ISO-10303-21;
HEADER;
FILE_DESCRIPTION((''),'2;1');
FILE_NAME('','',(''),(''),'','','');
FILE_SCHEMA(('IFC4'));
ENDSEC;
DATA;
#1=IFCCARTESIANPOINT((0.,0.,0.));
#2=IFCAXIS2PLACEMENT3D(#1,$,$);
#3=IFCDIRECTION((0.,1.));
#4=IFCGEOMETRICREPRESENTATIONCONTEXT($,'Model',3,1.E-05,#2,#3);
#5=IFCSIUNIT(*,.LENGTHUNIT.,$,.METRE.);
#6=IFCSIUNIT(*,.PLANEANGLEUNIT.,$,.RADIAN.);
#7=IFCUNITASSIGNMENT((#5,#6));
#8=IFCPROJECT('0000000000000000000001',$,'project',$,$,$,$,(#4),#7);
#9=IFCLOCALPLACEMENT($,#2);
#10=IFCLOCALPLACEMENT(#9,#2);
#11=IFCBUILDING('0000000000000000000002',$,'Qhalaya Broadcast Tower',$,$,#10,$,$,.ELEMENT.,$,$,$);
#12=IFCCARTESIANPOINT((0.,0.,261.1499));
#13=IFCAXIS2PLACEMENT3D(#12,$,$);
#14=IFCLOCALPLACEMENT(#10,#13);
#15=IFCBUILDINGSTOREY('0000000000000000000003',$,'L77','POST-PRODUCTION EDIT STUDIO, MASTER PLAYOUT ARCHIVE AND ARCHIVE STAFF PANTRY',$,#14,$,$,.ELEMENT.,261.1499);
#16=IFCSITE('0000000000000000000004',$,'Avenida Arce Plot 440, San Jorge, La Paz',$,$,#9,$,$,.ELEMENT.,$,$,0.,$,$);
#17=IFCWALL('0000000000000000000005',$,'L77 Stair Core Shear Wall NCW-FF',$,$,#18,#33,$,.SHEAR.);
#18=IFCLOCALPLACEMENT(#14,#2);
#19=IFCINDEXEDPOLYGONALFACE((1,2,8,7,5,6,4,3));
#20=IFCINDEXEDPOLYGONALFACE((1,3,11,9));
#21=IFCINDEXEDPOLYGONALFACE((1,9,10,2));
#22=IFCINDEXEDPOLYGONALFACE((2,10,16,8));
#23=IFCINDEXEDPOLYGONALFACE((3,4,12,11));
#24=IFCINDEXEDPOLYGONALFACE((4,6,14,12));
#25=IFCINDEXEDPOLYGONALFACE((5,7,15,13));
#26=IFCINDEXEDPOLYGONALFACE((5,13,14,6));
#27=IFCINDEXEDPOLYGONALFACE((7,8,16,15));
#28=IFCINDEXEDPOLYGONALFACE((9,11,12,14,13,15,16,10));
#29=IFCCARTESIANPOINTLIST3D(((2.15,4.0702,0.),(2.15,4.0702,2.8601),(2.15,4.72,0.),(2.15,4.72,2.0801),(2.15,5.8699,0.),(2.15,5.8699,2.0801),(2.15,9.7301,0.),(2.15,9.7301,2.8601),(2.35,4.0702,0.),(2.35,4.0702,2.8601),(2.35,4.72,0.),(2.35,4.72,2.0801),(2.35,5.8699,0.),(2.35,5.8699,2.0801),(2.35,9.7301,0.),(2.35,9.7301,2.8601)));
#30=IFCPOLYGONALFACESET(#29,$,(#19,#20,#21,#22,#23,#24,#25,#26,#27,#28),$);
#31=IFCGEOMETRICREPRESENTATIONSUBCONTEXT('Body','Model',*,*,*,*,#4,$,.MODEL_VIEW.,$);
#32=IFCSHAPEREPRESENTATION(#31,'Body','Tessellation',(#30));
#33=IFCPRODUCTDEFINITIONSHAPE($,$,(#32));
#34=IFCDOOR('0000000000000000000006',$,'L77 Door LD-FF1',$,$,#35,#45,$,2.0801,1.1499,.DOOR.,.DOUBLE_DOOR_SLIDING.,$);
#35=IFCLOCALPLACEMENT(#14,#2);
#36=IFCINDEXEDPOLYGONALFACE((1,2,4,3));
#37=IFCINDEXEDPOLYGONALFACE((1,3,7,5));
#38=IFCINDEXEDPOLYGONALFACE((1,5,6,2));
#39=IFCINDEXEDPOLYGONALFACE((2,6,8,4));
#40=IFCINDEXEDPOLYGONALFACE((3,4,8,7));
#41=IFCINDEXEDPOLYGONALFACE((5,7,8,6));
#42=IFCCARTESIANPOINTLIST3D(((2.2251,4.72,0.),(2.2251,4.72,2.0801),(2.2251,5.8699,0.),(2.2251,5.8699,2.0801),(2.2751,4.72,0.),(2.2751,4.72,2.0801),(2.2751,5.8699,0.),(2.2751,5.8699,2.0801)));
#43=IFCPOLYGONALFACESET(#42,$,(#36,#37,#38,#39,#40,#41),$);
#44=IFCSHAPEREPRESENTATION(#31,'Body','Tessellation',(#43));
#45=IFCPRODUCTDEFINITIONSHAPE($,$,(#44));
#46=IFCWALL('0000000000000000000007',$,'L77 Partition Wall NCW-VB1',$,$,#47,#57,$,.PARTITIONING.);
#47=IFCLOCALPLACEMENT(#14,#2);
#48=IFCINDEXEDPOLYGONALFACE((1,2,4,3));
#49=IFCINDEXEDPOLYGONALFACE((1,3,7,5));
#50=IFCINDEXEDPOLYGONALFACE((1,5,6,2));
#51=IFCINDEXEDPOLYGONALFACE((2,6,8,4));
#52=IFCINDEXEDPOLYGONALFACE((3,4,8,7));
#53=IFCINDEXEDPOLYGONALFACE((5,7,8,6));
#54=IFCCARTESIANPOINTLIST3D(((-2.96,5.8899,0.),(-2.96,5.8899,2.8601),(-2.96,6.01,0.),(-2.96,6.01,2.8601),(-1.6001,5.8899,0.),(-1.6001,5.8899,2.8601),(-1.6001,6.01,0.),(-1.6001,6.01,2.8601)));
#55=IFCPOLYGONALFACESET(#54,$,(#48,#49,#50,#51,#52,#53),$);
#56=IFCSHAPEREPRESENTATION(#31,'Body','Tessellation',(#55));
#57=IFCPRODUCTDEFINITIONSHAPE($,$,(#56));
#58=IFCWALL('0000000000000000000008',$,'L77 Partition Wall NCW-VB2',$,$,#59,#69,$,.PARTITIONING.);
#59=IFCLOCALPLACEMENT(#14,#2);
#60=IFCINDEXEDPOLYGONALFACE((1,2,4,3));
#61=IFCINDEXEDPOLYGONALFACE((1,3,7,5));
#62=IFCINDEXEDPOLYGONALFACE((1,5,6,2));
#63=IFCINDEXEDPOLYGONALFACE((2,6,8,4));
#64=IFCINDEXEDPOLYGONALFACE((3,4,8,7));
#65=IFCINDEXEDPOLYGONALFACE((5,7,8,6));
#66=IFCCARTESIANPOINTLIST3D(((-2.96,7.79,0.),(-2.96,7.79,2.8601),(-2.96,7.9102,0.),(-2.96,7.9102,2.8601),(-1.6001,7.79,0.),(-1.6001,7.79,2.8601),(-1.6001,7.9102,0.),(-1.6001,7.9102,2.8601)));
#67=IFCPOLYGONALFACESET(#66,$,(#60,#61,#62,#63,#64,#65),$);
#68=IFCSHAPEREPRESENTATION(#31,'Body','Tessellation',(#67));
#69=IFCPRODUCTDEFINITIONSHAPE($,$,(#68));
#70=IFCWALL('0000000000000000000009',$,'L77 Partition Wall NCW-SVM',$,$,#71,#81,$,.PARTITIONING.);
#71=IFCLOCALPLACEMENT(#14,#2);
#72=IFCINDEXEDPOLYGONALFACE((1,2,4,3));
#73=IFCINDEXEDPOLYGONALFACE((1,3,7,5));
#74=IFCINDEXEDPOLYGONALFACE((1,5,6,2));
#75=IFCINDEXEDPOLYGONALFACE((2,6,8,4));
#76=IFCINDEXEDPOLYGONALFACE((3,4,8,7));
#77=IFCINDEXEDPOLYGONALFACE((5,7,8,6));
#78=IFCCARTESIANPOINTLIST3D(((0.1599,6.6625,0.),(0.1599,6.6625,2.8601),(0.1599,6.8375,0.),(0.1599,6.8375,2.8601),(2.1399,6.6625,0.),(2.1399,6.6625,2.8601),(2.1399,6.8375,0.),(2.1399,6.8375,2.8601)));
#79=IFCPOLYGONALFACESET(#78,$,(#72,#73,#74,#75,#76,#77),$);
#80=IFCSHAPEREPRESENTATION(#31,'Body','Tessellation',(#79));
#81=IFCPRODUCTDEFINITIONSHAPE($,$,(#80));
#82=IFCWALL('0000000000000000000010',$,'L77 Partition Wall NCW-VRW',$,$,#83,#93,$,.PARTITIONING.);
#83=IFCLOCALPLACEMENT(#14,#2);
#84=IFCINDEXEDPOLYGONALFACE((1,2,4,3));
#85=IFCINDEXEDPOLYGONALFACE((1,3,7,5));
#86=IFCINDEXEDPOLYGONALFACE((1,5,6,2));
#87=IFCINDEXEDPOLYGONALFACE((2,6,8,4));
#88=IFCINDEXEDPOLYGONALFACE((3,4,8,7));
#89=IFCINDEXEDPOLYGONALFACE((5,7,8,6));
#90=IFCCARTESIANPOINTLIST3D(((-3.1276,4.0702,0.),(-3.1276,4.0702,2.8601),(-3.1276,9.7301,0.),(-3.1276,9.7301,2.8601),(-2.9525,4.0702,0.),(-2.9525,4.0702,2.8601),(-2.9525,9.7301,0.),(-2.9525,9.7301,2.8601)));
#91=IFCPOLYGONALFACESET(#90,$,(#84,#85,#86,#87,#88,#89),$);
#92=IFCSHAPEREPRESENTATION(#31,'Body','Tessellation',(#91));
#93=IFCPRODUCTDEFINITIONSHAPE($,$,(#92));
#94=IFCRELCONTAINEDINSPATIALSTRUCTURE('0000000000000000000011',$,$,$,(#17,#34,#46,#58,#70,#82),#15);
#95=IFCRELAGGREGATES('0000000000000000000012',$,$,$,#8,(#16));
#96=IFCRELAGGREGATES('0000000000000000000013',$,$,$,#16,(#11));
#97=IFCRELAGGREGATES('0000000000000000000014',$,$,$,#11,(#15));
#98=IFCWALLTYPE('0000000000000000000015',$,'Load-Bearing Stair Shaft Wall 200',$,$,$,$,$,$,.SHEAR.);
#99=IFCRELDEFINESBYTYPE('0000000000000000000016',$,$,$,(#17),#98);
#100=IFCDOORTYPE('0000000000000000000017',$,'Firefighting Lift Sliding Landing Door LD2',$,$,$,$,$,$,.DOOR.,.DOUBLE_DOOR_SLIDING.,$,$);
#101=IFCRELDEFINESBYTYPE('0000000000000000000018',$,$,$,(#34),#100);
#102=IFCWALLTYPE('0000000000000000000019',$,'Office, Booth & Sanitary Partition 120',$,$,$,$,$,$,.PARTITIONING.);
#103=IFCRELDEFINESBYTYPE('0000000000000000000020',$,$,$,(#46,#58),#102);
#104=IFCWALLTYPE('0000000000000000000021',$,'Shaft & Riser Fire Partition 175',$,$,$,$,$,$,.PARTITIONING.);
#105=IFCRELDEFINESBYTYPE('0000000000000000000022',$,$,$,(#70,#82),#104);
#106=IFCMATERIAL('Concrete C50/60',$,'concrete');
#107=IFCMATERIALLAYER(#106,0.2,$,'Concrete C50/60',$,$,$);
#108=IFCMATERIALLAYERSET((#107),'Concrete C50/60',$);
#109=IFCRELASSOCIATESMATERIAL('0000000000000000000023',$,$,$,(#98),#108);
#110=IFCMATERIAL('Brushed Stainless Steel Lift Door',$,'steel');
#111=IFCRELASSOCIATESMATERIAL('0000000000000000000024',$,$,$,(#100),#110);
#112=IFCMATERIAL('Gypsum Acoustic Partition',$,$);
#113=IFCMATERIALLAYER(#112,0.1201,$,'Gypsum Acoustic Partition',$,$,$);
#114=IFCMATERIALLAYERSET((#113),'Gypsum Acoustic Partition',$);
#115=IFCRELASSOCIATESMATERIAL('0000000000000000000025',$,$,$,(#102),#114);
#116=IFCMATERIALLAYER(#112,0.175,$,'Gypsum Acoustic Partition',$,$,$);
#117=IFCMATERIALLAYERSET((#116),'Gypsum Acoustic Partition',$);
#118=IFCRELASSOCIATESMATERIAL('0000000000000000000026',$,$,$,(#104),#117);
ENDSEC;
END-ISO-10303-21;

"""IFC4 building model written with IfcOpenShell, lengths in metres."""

from ifc_helpers import new_model, si_unit, direction, frame, frame_2d, origin, place, context, subcontext, project, spatial, rectangle, extrude, material, layer, layer_set, type_object, element, fill, save


model = new_model("IFC4")

# Units and contexts
model_context = context("Model", 3, precision=1e-05, world=origin(), true_north=direction((0.0, 1.0)))
body_context = subcontext(model_context, "Body", "Model", "MODEL_VIEW")
ifc_project = project(units=[si_unit("LENGTHUNIT", "METRE"), si_unit("PLANEANGLEUNIT", "RADIAN")], contexts=[model_context])

# Site, building, storey
site_placement = place(None, origin())
site = spatial("IfcSite", under=ifc_project, at=site_placement, Name="Avenida Arce Plot 440, San Jorge, La Paz", CompositionType="ELEMENT", RefElevation=0.0)
building_placement = place(site_placement, origin())
building = spatial("IfcBuilding", under=site, at=building_placement, Name="Qhalaya Broadcast Tower", CompositionType="ELEMENT")
storey_placement = place(building_placement, frame((0.0, 0.0, 261.1499)))
storey = spatial("IfcBuildingStorey", under=building, at=storey_placement, Name="L77", Description="POST-PRODUCTION EDIT STUDIO, MASTER PLAYOUT ARCHIVE AND ARCHIVE STAFF PANTRY", CompositionType="ELEMENT", Elevation=261.1499)

# Shared definitions
ifc_material_1 = material(Name="Gypsum Acoustic Partition")

# Wall, opening, door
ifc_material_2 = material(Name="Concrete C50/60", Category="concrete")
ifc_layer_1 = layer(ifc_material_2, 0.2, Name="Concrete C50/60")
ifc_layer_set_1 = layer_set([ifc_layer_1], Name="Concrete C50/60")
wall_type_1 = type_object("IfcWallType", Name="Load-Bearing Stair Shaft Wall 200", PredefinedType="SHEAR", material=ifc_layer_set_1)
wall_1_placement = place(storey_placement, frame((2.25, 4.0701, 0.0), z_axis=(0.0, 0.0, 1.0), x_axis=(0.0, 1.0, 0.0)))
wall_1 = element("IfcWall", 1, at=wall_1_placement, inside=storey, type_object=wall_type_1, Name="L77 Stair Core Shear Wall NCW-FF", PredefinedType="SHEAR", context=body_context, shape_type="SweptSolid", body=[
    extrude(rectangle(XDim=5.6599, YDim=0.2, at=frame_2d((2.8301, 0.0))), origin(), (0.0, 0.0, 1.0), 2.8601),
])
opening_1_placement = place(wall_1_placement, frame((0.6499, 0.0, 0.0)))
opening_1 = element("IfcOpeningElement", 2, at=opening_1_placement, cuts=wall_1, PredefinedType="OPENING", context=body_context, shape_type="SweptSolid", body=[
    extrude(rectangle(XDim=1.1499, YDim=2.0801, at=frame_2d((0.575, 1.04))), frame((0.0, 0.1121, 0.0), z_axis=(0.0, -1.0, 0.0), x_axis=(1.0, 0.0, 0.0)), (0.0, 0.0, 1.0), 0.2239),
])
ifc_material_3 = material(Name="Brushed Stainless Steel Lift Door", Category="steel")
door_type_1 = type_object("IfcDoorType", Name="Firefighting Lift Sliding Landing Door LD2", OperationType="DOUBLE_DOOR_SLIDING", PredefinedType="DOOR", material=ifc_material_3)
door_1_placement = place(opening_1_placement, origin())
door_1 = element("IfcDoor", 3, at=door_1_placement, inside=storey, type_object=door_type_1, Name="L77 Door LD-FF1", OperationType="DOUBLE_DOOR_SLIDING", OverallHeight=2.0801, OverallWidth=1.1499, PredefinedType="DOOR", context=body_context, shape_type="SweptSolid", body=[
    extrude(rectangle(XDim=1.1499, YDim=2.0801, at=frame_2d((0.575, 1.04))), frame((0.0, 0.0249, 0.0), z_axis=(0.0, -1.0, 0.0), x_axis=(1.0, 0.0, 0.0)), (0.0, 0.0, 1.0), 0.05),
])
fill(opening_1, door_1)

# Walls
ifc_layer_2 = layer(ifc_material_1, 0.1201, Name="Gypsum Acoustic Partition")
ifc_layer_set_2 = layer_set([ifc_layer_2], Name="Gypsum Acoustic Partition")
wall_type_2 = type_object("IfcWallType", Name="Office, Booth & Sanitary Partition 120", PredefinedType="PARTITIONING", material=ifc_layer_set_2)
for number, where, z_axis, x_axis, name in (
    (4, (-2.96, 5.95, 0.0), (0.0, 0.0, 1.0), (1.0, 0.0, 0.0), "L77 Partition Wall NCW-VB1"),
    (5, (-2.96, 7.8501, 0.0), (0.0, 0.0, 1.0), (1.0, 0.0, 0.0), "L77 Partition Wall NCW-VB2"),
):
    element("IfcWall", number, at=place(storey_placement, frame(where, z_axis=z_axis, x_axis=x_axis)), inside=storey, type_object=wall_type_2, Name=name, PredefinedType="PARTITIONING", context=body_context, shape_type="SweptSolid", body=[
        extrude(rectangle(XDim=1.3599, YDim=0.1201, at=frame_2d((0.6799, 0.0))), origin(), (0.0, 0.0, 1.0), 2.8601),
    ])

# Shared definitions
ifc_layer_3 = layer(ifc_material_1, 0.175, Name="Gypsum Acoustic Partition")
ifc_layer_set_3 = layer_set([ifc_layer_3], Name="Gypsum Acoustic Partition")
wall_type_3 = type_object("IfcWallType", Name="Shaft & Riser Fire Partition 175", PredefinedType="PARTITIONING", material=ifc_layer_set_3)

# Walls
wall_2_placement = place(storey_placement, frame((0.1599, 6.75, 0.0), z_axis=(0.0, 0.0, 1.0), x_axis=(1.0, 0.0, 0.0)))
element("IfcWall", 6, at=wall_2_placement, inside=storey, type_object=wall_type_3, Name="L77 Partition Wall NCW-SVM", PredefinedType="PARTITIONING", context=body_context, shape_type="SweptSolid", body=[
    extrude(rectangle(XDim=1.98, YDim=0.175, at=frame_2d((0.99, 0.0))), origin(), (0.0, 0.0, 1.0), 2.8601),
])
wall_3_placement = place(storey_placement, frame((-3.04, 4.0701, 0.0), z_axis=(0.0, 0.0, 1.0), x_axis=(0.0, 1.0, 0.0)))
element("IfcWall", 7, at=wall_3_placement, inside=storey, type_object=wall_type_3, Name="L77 Partition Wall NCW-VRW", PredefinedType="PARTITIONING", context=body_context, shape_type="SweptSolid", body=[
    extrude(rectangle(XDim=5.6599, YDim=0.175, at=frame_2d((2.8301, 0.0))), origin(), (0.0, 0.0, 1.0), 2.8601),
])

save(model, "model.ifc")
